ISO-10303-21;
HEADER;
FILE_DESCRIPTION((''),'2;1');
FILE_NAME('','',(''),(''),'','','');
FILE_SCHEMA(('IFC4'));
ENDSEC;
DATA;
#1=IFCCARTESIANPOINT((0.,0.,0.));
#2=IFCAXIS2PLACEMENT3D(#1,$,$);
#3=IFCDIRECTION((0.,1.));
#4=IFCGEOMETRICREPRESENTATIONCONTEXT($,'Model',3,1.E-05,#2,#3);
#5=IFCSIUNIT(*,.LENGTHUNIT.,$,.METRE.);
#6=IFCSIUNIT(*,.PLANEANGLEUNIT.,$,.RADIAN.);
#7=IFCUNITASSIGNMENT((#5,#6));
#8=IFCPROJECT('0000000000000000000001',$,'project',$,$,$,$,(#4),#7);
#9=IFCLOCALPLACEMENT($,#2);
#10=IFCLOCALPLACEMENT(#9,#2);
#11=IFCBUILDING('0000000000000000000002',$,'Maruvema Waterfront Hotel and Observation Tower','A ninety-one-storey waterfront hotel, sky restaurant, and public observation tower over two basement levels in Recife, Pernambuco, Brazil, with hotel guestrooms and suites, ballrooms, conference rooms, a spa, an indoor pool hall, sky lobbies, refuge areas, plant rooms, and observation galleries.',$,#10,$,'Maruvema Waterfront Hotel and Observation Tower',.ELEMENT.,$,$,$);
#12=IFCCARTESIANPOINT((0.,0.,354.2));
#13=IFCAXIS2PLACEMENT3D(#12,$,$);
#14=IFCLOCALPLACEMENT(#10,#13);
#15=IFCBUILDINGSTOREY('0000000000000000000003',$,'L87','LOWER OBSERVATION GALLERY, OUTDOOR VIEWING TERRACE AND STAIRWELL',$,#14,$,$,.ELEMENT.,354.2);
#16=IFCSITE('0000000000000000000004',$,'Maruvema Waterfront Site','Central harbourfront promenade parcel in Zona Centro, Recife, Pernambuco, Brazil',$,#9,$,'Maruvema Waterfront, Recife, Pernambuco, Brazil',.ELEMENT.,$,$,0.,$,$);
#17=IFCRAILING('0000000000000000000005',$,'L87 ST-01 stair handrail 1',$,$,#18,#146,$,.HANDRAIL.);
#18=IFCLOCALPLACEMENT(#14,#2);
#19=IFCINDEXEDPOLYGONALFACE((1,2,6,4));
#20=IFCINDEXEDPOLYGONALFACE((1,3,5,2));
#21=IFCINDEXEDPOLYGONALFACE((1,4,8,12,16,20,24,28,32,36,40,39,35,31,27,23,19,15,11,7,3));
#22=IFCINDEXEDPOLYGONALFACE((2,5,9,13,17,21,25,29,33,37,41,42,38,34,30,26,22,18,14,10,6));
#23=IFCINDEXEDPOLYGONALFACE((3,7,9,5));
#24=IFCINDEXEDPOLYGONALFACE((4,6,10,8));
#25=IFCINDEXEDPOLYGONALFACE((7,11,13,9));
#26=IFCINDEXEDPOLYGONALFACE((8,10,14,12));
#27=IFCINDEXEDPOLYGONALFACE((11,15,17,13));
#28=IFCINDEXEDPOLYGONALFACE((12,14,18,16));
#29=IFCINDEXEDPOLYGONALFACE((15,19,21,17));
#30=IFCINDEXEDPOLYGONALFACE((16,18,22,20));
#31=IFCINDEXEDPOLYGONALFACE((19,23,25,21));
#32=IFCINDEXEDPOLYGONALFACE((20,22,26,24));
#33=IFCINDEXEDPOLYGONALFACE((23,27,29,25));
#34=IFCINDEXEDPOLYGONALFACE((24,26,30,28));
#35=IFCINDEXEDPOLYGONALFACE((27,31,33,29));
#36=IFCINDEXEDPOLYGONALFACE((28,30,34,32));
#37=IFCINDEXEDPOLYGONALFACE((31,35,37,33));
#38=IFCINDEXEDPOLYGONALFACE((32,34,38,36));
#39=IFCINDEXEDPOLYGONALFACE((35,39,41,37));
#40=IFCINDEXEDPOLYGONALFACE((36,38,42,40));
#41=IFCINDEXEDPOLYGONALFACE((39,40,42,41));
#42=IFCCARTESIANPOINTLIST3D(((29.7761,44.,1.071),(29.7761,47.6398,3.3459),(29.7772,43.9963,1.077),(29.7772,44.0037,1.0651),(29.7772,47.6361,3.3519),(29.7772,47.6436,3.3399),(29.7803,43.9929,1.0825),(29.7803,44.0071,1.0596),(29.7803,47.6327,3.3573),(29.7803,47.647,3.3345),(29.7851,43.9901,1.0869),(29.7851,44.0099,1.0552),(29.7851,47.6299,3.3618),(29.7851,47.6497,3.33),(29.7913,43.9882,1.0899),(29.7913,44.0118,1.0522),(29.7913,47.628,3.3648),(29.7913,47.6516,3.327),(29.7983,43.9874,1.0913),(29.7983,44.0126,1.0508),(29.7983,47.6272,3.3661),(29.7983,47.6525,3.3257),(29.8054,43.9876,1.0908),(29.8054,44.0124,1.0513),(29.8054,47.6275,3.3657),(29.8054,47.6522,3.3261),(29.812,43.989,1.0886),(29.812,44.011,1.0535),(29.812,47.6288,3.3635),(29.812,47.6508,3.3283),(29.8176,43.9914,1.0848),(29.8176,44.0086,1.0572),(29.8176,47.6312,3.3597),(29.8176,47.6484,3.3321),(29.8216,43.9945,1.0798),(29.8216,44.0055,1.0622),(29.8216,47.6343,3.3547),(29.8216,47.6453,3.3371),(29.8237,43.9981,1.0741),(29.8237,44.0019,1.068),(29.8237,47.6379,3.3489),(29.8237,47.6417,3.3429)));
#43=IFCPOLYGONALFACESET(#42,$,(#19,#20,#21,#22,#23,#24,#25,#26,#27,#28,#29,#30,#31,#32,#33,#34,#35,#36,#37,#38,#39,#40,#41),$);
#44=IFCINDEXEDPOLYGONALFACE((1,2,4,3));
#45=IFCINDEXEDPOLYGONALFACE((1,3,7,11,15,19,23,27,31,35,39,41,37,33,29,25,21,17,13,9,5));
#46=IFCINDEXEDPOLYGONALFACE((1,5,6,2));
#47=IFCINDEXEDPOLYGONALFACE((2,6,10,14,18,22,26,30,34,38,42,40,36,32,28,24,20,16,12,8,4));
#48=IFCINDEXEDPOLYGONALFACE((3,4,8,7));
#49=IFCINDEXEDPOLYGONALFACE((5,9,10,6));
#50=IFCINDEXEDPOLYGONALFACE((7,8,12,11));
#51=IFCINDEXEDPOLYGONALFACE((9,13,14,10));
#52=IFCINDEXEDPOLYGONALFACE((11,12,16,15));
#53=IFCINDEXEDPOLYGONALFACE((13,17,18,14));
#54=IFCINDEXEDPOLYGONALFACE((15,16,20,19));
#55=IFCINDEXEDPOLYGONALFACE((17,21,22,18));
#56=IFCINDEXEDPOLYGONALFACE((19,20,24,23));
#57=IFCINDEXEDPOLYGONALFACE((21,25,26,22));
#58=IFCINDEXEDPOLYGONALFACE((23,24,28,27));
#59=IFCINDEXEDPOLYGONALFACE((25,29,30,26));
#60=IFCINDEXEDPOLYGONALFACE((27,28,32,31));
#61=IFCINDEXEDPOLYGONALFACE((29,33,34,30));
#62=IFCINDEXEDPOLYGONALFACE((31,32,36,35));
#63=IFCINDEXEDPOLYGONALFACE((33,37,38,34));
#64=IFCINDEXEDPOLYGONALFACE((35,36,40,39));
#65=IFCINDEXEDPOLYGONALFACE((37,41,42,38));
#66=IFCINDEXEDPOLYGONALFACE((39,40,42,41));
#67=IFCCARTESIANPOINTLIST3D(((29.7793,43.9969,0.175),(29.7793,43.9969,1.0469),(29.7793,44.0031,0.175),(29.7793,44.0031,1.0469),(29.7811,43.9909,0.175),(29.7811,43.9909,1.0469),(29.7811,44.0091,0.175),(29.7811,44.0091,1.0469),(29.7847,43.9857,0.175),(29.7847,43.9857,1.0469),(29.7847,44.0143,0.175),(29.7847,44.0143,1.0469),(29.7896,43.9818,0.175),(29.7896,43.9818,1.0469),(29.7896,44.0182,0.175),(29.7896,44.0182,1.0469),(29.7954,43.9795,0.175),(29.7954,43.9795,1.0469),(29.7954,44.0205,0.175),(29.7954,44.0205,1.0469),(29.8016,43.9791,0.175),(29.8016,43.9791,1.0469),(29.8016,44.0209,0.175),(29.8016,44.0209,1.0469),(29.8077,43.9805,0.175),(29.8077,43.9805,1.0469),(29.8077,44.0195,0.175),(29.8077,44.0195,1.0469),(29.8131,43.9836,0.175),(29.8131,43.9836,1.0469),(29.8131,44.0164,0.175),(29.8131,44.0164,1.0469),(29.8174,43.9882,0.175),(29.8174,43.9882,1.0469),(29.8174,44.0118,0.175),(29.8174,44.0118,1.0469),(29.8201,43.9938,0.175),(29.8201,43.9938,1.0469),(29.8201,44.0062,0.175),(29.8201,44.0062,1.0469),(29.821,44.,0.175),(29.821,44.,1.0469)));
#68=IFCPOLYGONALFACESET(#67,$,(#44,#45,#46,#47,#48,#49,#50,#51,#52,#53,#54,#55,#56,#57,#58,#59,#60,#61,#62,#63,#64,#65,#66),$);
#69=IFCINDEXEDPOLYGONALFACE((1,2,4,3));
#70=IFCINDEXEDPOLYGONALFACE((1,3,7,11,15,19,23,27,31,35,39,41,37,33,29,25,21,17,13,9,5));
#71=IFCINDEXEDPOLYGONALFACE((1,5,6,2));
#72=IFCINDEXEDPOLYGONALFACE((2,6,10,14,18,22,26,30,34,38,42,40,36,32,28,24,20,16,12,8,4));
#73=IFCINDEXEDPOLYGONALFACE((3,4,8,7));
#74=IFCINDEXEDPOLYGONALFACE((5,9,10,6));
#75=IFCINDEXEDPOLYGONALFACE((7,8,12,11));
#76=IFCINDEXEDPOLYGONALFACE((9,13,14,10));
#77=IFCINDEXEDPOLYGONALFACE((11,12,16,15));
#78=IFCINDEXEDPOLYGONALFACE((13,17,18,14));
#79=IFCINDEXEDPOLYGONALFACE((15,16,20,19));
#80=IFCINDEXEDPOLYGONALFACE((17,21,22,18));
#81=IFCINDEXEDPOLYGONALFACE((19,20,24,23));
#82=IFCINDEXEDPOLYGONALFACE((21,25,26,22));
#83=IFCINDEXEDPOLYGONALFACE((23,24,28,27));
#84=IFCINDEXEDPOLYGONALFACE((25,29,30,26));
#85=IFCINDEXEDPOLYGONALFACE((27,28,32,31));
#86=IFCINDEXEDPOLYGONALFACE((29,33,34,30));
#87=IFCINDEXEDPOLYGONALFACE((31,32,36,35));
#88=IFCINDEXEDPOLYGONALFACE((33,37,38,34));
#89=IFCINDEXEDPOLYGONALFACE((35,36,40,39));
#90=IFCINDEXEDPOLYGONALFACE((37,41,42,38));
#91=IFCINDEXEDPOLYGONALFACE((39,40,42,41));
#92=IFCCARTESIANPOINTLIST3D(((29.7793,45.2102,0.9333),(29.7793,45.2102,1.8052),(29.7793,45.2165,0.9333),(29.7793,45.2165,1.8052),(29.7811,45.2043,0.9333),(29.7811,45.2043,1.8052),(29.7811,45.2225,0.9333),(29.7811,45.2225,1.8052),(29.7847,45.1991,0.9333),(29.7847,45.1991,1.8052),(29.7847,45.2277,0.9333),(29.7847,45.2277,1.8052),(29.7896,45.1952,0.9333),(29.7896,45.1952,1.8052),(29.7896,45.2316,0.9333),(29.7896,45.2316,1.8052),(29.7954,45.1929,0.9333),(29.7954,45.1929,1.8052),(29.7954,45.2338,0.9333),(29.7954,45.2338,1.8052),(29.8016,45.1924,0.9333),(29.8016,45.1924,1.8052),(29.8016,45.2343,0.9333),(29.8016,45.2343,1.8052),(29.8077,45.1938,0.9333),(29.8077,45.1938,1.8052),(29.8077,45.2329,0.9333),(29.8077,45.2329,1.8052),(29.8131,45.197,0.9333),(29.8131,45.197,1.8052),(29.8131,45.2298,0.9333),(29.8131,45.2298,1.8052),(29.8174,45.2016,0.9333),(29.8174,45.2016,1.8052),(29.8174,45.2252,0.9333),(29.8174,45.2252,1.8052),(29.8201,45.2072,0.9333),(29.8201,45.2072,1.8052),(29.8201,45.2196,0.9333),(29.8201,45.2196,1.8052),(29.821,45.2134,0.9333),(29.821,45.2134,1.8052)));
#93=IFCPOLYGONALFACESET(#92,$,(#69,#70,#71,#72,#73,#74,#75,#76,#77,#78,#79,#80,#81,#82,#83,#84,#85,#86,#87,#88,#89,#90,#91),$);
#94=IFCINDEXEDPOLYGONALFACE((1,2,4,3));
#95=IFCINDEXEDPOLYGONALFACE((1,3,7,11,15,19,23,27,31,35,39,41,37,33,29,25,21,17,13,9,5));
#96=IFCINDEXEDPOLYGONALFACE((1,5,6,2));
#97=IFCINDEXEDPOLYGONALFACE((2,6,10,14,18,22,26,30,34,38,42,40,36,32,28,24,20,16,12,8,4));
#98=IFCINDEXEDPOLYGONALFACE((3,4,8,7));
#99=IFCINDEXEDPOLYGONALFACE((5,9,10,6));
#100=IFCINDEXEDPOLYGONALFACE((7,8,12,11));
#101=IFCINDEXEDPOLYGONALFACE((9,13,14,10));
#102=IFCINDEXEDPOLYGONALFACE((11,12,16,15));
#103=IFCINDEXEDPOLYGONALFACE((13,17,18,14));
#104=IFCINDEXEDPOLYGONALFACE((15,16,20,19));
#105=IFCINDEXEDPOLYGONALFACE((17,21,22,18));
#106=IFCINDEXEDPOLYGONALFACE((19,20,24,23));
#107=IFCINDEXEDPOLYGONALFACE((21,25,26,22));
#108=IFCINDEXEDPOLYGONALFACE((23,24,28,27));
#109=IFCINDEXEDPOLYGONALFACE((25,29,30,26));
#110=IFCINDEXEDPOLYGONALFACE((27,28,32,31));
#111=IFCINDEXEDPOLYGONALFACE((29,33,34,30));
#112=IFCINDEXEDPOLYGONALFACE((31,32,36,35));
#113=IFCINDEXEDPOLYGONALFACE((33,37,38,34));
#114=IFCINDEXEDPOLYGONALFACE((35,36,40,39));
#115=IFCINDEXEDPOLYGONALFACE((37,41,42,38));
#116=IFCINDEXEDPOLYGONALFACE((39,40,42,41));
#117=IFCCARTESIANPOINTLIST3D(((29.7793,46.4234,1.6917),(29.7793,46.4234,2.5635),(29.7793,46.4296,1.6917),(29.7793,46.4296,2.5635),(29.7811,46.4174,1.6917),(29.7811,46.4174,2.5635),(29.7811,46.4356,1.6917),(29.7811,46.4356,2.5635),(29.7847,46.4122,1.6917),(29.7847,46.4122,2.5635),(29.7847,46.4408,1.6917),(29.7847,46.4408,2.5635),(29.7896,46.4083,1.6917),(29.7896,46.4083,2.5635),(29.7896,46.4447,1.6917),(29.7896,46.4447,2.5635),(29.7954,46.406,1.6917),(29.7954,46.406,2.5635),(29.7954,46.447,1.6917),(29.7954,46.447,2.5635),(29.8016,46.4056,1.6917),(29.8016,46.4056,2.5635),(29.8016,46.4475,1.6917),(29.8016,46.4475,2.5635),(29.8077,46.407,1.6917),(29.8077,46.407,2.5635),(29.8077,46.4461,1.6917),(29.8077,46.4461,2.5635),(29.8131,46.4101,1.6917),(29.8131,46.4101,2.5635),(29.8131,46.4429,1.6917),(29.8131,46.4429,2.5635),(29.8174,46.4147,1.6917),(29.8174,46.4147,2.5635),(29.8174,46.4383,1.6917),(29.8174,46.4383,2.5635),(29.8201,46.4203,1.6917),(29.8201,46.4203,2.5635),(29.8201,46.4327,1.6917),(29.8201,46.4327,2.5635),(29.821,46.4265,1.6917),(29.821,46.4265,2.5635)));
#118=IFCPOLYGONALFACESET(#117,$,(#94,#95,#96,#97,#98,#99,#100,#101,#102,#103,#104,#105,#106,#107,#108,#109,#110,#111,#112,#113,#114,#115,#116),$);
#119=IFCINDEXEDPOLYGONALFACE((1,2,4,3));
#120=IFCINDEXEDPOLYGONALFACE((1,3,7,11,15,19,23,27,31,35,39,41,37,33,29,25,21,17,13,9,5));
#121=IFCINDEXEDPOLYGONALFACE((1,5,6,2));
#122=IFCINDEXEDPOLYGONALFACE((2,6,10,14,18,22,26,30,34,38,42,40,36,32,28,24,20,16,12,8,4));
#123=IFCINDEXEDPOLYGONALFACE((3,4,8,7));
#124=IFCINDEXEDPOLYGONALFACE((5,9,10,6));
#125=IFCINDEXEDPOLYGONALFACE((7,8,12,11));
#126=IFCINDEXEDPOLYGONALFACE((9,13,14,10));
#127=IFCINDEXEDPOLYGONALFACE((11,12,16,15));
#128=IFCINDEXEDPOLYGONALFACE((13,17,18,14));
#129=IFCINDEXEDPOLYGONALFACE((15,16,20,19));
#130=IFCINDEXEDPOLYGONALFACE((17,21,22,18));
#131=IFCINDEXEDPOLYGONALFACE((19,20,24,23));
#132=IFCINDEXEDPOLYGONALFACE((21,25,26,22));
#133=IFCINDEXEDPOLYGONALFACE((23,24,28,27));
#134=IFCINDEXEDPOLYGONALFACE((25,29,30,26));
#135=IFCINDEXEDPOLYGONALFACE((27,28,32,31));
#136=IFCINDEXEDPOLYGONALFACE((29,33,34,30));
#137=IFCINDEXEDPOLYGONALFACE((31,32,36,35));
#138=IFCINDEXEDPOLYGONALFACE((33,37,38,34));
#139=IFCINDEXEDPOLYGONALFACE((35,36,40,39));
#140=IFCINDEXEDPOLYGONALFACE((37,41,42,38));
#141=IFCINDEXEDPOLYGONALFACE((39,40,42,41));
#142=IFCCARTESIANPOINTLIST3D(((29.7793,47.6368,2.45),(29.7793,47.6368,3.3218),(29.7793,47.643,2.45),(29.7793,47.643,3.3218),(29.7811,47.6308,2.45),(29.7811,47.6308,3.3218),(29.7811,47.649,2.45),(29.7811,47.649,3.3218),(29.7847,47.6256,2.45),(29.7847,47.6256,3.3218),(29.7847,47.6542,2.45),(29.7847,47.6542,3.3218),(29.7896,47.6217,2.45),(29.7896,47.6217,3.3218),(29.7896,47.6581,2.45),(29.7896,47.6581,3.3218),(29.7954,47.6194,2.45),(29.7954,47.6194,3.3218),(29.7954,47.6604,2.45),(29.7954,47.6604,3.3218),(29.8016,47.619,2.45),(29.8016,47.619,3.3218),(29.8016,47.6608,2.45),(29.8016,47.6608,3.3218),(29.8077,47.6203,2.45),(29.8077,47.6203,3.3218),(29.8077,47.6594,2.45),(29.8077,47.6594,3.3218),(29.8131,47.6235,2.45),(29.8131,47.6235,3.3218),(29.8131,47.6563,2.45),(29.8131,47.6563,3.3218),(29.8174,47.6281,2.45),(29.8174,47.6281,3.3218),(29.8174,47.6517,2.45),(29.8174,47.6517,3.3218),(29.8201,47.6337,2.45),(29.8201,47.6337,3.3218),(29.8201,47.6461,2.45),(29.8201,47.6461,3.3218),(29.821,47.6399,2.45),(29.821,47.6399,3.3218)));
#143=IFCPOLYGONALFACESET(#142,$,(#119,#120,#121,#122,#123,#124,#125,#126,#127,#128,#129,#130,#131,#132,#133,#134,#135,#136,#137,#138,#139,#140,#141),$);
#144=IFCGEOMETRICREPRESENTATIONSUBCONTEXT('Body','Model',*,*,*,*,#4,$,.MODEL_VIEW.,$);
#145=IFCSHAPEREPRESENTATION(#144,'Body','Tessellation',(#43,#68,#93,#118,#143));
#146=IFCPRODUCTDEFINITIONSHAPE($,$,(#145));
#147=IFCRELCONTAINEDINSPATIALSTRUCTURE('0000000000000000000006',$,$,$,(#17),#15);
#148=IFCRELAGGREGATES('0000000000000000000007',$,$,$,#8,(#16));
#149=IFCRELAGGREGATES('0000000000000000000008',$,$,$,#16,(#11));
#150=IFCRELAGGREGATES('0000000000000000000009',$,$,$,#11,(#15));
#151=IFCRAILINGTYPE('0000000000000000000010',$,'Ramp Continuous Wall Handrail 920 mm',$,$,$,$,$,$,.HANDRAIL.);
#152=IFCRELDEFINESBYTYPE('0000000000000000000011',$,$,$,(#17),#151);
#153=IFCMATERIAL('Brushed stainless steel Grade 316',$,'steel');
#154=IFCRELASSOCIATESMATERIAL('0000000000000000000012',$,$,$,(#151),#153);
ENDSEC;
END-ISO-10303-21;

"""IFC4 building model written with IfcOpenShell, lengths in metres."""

from ifc_helpers import new_model, si_unit, direction, frame, origin, origin_2d, place, context, subcontext, project, spatial, circle, extrude, material, type_object, element, save


model = new_model("IFC4")

# Units and contexts
model_context = context("Model", 3, precision=1e-05, world=origin(), true_north=direction((0.0, 1.0)))
body_context = subcontext(model_context, "Body", "Model", "MODEL_VIEW")
ifc_project = project(units=[si_unit("LENGTHUNIT", "METRE"), si_unit("PLANEANGLEUNIT", "RADIAN")], contexts=[model_context])

# Site, building, storey
site_placement = place(None, origin())
site = spatial("IfcSite", under=ifc_project, at=site_placement, Name="Maruvema Waterfront Site", Description="Central harbourfront promenade parcel in Zona Centro, Recife, Pernambuco, Brazil", LongName="Maruvema Waterfront, Recife, Pernambuco, Brazil", CompositionType="ELEMENT", RefElevation=0.0)
building_placement = place(site_placement, origin())
building = spatial("IfcBuilding", under=site, at=building_placement, Name="Maruvema Waterfront Hotel and Observation Tower", Description="A ninety-one-storey waterfront hotel, sky restaurant, and public observation tower over two basement levels in Recife, Pernambuco, Brazil, with hotel guestrooms and suites, ballrooms, conference rooms, a spa, an indoor pool hall, sky lobbies, refuge areas, plant rooms, and observation galleries.", LongName="Maruvema Waterfront Hotel and Observation Tower", CompositionType="ELEMENT")
storey_placement = place(building_placement, frame((0.0, 0.0, 354.2)))
storey = spatial("IfcBuildingStorey", under=building, at=storey_placement, Name="L87", Description="LOWER OBSERVATION GALLERY, OUTDOOR VIEWING TERRACE AND STAIRWELL", CompositionType="ELEMENT", Elevation=354.2)

# Railing
ifc_material_1 = material(Name="Brushed stainless steel Grade 316", Category="steel")
railing_type_1 = type_object("IfcRailingType", Name="Ramp Continuous Wall Handrail 920 mm", PredefinedType="HANDRAIL", material=ifc_material_1)
railing_1_placement = place(storey_placement, frame((29.8, 44.0, 0.175)))
element("IfcRailing", 1, at=railing_1_placement, inside=storey, type_object=railing_type_1, Name="L87 ST-01 stair handrail 1", PredefinedType="HANDRAIL", context=body_context, shape_type="SweptSolid", body=[
    extrude(circle(Radius=0.0239, at=origin_2d()), frame((0.0, 0.0, 0.896), z_axis=(0.0, 0.848001, 0.529994), x_axis=(-1.0, 0.0, 0.0)), (0.0, 0.0, 1.0), 4.2922),
    extrude(circle(Radius=0.021, at=origin_2d()), origin(), (0.0, 0.0, 1.0), 0.8718),
    extrude(circle(Radius=0.021, at=origin_2d()), frame((0.0, 1.2134, 0.7583)), (0.0, 0.0, 1.0), 0.8718),
    extrude(circle(Radius=0.021, at=origin_2d()), frame((0.0, 2.4265, 1.5166)), (0.0, 0.0, 1.0), 0.8718),
    extrude(circle(Radius=0.021, at=origin_2d()), frame((0.0, 3.6399, 2.2749)), (0.0, 0.0, 1.0), 0.8718),
])

save(model, "model.ifc")
